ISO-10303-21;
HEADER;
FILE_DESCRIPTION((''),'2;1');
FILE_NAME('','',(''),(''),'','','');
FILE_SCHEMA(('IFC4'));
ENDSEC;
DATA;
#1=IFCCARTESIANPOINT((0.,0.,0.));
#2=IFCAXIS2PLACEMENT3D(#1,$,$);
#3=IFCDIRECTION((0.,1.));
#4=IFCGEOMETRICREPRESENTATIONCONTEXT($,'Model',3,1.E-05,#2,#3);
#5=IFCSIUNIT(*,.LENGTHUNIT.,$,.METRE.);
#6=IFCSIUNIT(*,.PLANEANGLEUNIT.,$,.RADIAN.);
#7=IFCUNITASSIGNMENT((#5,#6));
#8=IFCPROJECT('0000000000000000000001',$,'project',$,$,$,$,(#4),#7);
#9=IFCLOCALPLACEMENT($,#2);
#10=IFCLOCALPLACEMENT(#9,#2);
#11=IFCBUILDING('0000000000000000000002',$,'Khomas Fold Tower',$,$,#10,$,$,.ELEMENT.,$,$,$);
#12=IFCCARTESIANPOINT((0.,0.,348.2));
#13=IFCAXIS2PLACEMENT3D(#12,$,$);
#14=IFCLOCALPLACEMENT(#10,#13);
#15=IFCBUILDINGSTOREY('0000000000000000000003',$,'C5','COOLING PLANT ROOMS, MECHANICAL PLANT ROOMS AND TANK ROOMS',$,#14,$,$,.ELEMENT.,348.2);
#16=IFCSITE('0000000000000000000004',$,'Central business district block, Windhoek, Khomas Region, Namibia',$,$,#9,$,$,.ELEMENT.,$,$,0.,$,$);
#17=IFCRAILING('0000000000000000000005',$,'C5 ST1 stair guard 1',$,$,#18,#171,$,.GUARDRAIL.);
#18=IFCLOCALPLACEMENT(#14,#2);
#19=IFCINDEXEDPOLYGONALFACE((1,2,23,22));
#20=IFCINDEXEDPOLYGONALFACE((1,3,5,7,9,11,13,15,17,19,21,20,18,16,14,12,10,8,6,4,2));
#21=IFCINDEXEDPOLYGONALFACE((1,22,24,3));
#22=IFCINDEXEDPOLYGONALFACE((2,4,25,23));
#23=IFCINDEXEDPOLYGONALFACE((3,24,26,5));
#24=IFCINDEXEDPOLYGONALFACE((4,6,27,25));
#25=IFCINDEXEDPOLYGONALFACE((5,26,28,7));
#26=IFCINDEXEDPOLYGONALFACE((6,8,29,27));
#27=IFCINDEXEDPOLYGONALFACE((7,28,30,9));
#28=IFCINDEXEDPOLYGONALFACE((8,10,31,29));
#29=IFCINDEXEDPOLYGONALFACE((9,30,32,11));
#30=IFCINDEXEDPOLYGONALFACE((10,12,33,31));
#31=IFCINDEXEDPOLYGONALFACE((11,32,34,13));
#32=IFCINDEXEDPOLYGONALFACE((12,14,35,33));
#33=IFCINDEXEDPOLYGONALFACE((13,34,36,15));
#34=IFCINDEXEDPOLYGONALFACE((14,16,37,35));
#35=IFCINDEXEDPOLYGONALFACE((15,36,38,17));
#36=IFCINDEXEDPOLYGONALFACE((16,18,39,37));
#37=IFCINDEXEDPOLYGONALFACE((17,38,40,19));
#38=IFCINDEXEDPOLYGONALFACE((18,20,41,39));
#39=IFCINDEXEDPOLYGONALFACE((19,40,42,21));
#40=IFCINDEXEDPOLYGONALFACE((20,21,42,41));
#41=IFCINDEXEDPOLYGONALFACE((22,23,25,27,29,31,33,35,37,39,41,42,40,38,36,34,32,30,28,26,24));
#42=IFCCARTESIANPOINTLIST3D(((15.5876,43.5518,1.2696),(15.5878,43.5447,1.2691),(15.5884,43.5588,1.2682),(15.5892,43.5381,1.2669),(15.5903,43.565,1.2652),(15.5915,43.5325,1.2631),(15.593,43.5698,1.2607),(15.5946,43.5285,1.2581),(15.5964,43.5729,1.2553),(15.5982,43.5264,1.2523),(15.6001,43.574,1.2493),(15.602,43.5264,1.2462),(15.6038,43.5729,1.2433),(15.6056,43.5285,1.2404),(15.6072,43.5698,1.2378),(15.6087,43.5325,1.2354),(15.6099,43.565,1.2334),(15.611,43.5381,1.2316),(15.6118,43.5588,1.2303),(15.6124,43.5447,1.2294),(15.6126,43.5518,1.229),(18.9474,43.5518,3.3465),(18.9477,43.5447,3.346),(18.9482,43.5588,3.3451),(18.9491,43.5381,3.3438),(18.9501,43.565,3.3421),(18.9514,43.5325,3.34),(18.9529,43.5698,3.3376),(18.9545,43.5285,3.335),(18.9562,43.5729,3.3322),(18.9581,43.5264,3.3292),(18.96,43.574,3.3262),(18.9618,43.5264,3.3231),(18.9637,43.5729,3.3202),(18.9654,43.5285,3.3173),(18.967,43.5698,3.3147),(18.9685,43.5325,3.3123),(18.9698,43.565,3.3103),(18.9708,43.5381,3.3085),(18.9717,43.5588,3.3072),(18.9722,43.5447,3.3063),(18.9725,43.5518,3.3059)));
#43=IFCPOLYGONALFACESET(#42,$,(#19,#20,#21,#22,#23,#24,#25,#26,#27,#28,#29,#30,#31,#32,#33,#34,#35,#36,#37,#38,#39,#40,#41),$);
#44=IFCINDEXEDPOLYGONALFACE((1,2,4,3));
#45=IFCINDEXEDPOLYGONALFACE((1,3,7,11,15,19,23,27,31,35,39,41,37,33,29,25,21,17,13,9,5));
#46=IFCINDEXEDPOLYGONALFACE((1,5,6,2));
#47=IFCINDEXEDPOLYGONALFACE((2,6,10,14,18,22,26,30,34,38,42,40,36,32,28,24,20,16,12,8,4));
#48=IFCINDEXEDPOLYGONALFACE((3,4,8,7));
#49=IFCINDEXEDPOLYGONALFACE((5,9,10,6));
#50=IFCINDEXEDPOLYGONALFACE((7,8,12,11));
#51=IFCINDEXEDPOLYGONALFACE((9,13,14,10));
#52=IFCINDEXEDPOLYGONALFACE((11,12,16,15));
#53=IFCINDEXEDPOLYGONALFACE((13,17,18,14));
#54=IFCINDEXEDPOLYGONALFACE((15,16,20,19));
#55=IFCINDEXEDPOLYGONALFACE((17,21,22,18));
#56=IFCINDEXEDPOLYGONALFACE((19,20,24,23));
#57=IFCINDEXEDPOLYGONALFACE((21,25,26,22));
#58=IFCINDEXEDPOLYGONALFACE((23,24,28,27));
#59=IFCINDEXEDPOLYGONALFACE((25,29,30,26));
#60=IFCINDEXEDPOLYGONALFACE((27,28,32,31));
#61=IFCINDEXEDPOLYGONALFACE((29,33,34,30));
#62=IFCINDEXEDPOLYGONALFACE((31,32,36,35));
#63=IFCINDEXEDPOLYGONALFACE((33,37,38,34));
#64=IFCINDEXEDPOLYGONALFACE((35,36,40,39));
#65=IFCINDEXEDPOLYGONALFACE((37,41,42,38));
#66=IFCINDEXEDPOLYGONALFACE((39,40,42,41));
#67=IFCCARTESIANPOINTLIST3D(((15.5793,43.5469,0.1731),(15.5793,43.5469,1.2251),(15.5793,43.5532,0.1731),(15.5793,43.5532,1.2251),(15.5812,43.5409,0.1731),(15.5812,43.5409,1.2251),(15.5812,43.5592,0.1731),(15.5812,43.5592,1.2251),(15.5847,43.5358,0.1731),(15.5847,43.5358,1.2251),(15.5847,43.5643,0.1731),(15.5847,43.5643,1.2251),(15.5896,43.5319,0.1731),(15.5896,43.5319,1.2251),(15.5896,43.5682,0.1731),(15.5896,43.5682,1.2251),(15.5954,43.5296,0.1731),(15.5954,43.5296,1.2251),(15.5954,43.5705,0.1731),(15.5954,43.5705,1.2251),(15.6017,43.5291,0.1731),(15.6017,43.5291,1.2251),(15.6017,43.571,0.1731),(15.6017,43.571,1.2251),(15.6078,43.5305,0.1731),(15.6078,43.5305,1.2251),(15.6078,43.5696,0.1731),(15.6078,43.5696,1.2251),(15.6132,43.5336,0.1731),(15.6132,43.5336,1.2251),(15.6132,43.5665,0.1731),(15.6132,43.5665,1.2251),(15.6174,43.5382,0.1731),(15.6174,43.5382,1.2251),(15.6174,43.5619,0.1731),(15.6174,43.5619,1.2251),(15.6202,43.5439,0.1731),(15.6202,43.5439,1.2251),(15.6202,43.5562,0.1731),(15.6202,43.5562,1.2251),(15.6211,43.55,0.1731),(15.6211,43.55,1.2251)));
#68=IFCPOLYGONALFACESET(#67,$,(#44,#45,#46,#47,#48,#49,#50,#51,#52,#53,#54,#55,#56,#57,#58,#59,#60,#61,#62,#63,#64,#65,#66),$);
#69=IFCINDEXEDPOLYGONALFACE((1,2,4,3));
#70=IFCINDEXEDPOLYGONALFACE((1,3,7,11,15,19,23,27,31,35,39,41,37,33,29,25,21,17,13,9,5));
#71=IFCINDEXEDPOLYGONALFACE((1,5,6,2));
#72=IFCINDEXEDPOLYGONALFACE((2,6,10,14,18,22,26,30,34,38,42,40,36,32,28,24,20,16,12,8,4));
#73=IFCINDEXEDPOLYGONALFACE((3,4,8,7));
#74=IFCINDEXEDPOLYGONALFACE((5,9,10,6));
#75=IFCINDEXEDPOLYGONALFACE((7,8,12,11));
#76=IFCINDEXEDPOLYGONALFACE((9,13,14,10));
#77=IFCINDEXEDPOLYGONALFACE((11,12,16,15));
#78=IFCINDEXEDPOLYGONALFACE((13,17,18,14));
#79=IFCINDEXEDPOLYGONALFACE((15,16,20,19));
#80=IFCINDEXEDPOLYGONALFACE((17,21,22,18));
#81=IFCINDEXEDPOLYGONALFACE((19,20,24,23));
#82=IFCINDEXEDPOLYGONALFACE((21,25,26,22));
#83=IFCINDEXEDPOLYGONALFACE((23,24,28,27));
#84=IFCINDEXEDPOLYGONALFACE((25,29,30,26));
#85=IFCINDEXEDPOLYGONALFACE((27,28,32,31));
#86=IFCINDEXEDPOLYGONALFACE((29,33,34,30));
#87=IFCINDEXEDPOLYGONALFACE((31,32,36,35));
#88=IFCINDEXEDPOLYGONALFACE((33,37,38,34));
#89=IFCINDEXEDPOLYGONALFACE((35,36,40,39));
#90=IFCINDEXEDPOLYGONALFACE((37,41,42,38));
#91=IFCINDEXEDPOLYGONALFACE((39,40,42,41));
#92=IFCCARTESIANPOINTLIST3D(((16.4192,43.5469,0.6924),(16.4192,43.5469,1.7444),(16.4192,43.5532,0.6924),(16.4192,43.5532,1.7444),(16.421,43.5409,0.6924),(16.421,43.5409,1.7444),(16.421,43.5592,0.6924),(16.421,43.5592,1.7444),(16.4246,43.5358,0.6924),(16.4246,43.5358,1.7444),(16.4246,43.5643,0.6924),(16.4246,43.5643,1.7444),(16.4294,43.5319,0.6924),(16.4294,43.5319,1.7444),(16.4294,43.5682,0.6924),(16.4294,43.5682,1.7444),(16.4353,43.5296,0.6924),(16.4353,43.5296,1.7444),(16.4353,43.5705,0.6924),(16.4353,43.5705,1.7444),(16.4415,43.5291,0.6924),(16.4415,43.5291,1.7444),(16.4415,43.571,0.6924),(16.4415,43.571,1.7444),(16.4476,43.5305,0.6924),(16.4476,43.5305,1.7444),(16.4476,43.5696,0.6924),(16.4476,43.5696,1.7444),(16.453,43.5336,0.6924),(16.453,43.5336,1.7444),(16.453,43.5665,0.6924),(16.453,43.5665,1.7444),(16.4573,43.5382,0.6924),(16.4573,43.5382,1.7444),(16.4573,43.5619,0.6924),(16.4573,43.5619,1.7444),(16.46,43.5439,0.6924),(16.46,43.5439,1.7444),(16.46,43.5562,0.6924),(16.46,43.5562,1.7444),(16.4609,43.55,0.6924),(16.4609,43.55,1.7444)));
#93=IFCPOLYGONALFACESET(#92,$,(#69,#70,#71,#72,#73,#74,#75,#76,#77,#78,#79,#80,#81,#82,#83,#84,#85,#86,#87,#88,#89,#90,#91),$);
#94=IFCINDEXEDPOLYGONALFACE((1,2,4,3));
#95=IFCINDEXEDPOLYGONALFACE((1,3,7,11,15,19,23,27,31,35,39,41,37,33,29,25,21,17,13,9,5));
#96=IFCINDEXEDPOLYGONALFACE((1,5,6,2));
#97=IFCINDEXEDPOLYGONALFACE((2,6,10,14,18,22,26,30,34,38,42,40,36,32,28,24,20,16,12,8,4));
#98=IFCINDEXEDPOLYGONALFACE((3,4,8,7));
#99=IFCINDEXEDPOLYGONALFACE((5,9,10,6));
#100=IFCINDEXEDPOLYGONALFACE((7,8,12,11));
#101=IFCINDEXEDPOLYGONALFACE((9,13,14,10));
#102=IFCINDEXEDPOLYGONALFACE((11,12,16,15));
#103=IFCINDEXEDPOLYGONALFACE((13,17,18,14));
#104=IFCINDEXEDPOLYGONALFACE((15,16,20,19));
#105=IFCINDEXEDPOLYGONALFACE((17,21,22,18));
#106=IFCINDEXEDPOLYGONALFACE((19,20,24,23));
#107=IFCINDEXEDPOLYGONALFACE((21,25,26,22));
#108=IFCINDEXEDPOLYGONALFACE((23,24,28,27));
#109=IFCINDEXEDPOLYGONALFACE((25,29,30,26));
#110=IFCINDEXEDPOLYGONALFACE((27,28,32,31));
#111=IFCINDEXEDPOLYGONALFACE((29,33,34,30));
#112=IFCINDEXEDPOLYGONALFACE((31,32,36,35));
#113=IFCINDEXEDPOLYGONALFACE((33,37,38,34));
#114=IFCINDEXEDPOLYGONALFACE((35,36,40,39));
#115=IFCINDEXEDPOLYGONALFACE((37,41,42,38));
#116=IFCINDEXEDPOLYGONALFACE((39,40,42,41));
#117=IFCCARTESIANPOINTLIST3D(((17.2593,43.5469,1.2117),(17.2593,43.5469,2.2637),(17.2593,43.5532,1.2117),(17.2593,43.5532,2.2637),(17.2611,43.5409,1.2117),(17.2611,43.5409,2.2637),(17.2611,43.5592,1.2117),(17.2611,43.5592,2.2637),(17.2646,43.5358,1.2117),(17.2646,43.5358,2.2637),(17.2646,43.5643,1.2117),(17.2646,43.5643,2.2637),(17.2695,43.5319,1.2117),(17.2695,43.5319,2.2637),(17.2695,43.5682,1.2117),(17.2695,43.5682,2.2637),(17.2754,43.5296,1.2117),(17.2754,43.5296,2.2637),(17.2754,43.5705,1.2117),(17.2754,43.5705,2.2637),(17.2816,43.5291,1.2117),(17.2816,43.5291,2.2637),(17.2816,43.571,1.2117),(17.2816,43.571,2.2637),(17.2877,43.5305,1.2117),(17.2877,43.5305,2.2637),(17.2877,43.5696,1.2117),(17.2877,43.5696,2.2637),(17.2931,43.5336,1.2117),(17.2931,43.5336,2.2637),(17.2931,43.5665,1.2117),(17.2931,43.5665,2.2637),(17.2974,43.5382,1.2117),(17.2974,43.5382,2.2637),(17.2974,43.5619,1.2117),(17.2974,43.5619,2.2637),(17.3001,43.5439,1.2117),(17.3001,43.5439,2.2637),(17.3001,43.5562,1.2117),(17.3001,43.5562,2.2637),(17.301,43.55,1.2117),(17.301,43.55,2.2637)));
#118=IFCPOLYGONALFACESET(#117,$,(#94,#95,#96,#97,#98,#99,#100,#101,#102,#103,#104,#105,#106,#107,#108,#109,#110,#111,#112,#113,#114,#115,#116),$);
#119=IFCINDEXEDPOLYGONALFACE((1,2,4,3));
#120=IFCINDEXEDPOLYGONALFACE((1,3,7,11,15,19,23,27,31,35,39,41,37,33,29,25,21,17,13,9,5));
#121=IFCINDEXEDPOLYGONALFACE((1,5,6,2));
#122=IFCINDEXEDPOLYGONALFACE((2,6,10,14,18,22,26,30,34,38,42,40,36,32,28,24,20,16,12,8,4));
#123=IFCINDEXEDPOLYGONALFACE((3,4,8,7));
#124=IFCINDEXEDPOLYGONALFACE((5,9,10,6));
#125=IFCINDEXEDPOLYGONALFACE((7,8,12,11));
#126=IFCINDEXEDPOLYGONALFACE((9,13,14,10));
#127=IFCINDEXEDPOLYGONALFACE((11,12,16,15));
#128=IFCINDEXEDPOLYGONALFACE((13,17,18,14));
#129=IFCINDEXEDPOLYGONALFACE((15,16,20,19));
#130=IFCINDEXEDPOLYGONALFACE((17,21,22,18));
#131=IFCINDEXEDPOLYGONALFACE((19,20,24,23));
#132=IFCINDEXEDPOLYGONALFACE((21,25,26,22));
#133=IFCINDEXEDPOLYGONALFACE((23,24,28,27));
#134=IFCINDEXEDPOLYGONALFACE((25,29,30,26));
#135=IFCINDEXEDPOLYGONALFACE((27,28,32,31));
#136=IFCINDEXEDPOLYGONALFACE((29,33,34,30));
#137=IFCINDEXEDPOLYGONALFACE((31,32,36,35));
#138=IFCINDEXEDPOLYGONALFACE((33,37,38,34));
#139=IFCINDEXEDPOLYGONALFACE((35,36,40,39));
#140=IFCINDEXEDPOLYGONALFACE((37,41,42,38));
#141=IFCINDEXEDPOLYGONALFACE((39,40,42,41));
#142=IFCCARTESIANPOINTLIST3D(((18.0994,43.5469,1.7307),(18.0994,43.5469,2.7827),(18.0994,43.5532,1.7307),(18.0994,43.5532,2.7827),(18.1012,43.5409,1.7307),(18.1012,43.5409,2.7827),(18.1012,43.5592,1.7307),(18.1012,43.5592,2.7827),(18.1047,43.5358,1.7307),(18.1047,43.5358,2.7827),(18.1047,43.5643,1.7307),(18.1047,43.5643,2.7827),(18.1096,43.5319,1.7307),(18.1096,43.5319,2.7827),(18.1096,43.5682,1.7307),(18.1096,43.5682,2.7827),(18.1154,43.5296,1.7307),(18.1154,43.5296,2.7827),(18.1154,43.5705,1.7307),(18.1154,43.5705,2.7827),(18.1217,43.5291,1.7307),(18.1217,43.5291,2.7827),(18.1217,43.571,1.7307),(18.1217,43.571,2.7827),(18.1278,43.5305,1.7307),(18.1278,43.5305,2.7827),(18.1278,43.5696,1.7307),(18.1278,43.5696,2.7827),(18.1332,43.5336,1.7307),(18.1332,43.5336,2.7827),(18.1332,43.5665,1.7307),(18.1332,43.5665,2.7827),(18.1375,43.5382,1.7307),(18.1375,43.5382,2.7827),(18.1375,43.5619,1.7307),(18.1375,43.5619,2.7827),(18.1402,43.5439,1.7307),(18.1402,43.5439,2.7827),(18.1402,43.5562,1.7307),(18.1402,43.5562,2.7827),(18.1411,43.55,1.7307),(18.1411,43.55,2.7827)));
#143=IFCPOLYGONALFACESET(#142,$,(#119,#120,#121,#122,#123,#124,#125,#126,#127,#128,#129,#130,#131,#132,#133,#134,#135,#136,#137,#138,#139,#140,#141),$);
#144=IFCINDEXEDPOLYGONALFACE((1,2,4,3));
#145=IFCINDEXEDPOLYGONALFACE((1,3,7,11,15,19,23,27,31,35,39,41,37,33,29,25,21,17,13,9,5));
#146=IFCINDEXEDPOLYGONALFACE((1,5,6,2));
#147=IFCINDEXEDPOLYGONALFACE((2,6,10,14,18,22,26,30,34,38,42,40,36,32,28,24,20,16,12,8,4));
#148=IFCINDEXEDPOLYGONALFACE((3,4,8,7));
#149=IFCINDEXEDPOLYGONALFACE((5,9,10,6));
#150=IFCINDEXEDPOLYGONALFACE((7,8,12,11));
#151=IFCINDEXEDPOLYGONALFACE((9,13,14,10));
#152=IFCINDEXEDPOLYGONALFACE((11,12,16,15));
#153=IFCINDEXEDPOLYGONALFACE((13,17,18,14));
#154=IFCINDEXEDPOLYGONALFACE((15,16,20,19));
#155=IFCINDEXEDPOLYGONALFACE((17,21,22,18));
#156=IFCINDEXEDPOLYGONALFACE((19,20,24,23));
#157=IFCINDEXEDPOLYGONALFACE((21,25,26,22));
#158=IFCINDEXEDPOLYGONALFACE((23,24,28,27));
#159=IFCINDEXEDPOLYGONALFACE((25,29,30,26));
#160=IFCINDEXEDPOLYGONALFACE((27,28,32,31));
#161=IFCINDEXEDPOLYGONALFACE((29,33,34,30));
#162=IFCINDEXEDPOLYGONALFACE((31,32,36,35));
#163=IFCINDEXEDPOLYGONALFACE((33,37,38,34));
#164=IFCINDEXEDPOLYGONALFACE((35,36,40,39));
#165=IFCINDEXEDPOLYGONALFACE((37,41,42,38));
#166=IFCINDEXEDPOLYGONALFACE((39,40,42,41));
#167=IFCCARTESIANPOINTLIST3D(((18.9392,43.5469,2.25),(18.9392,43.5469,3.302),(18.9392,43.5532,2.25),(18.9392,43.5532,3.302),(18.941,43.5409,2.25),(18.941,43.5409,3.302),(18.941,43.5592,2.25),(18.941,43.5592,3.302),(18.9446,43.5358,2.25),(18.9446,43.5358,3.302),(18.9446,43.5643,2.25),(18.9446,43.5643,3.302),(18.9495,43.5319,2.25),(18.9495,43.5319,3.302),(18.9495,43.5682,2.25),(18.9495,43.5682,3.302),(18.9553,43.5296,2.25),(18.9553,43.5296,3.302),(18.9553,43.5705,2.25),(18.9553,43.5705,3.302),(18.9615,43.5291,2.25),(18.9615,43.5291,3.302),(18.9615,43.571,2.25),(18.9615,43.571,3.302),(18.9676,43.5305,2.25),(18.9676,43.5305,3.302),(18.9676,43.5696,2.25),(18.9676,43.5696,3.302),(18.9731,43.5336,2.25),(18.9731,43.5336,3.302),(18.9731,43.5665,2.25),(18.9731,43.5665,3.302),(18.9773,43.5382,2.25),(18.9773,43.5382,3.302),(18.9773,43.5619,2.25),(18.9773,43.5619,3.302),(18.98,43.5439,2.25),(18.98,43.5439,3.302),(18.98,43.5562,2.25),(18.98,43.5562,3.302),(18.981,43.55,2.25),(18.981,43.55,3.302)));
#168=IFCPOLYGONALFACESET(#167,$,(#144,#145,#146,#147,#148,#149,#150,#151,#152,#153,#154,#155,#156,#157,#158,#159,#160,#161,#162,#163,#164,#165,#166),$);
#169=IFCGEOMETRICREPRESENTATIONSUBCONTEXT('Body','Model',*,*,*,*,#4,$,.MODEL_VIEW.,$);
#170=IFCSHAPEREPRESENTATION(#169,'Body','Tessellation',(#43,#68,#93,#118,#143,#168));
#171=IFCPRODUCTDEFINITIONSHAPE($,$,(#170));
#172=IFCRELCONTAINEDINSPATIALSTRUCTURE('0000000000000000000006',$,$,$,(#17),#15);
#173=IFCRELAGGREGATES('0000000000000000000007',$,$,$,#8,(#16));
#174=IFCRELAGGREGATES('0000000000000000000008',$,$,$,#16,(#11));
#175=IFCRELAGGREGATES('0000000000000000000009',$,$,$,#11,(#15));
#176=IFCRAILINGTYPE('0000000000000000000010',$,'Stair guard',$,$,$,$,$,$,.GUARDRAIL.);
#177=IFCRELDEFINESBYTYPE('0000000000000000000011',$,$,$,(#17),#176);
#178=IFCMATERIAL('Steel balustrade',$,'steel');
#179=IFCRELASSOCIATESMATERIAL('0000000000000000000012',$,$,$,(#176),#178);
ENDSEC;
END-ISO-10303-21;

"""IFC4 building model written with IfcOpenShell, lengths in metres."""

from ifc_helpers import new_model, si_unit, direction, frame, origin, origin_2d, place, context, subcontext, project, spatial, circle, extrude, source, transform, mapped, material, type_object, element, save


model = new_model("IFC4")

# Units and contexts
model_context = context("Model", 3, precision=1e-05, world=origin(), true_north=direction((0.0, 1.0)))
body_context = subcontext(model_context, "Body", "Model", "MODEL_VIEW")
ifc_project = project(units=[si_unit("LENGTHUNIT", "METRE"), si_unit("PLANEANGLEUNIT", "RADIAN")], contexts=[model_context])

# Site, building, storey
site_placement = place(None, origin())
site = spatial("IfcSite", under=ifc_project, at=site_placement, Name="Central business district block, Windhoek, Khomas Region, Namibia", CompositionType="ELEMENT", RefElevation=0.0)
building_placement = place(site_placement, origin())
building = spatial("IfcBuilding", under=site, at=building_placement, Name="Khomas Fold Tower", CompositionType="ELEMENT")
storey_placement = place(building_placement, frame((0.0, 0.0, 348.2)))
storey = spatial("IfcBuildingStorey", under=building, at=storey_placement, Name="C5", Description="COOLING PLANT ROOMS, MECHANICAL PLANT ROOMS AND TANK ROOMS", CompositionType="ELEMENT", Elevation=348.2)

# Railing
ifc_material_1 = material(Name="Steel balustrade", Category="steel")
railing_type_1 = type_object("IfcRailingType", Name="Stair guard", PredefinedType="GUARDRAIL", material=ifc_material_1)
shared_shape_1 = source(origin(), body_context, "Body", "SweptSolid", [
    extrude(circle(Radius=0.0239, at=origin_2d()), frame((0.0, 0.0, 1.0762), z_axis=(0.850606, 0.0, 0.525803), x_axis=(0.0, 1.0, 0.0)), (0.0, 0.0, 1.0), 3.95),
    extrude(circle(Radius=0.021, at=origin_2d()), origin(), (0.0, 0.0, 1.0), 1.052),
    extrude(circle(Radius=0.021, at=origin_2d()), frame((0.8398, 0.0, 0.5193)), (0.0, 0.0, 1.0), 1.052),
    extrude(circle(Radius=0.021, at=origin_2d()), frame((1.6799, 0.0, 1.0386)), (0.0, 0.0, 1.0), 1.052),
    extrude(circle(Radius=0.021, at=origin_2d()), frame((2.52, 0.0, 1.5576)), (0.0, 0.0, 1.0), 1.052),
    extrude(circle(Radius=0.021, at=origin_2d()), frame((3.3599, 0.0, 2.0769)), (0.0, 0.0, 1.0), 1.052),
])
railing_1_placement = place(storey_placement, frame((15.6001, 43.55, 0.1731)))
element("IfcRailing", 1, at=railing_1_placement, inside=storey, type_object=railing_type_1, Name="C5 ST1 stair guard 1", PredefinedType="GUARDRAIL", context=body_context, shape_type="MappedRepresentation", body=[
    mapped(shared_shape_1, transform((0.0, 0.0, 0.0))),
])

save(model, "model.ifc")
